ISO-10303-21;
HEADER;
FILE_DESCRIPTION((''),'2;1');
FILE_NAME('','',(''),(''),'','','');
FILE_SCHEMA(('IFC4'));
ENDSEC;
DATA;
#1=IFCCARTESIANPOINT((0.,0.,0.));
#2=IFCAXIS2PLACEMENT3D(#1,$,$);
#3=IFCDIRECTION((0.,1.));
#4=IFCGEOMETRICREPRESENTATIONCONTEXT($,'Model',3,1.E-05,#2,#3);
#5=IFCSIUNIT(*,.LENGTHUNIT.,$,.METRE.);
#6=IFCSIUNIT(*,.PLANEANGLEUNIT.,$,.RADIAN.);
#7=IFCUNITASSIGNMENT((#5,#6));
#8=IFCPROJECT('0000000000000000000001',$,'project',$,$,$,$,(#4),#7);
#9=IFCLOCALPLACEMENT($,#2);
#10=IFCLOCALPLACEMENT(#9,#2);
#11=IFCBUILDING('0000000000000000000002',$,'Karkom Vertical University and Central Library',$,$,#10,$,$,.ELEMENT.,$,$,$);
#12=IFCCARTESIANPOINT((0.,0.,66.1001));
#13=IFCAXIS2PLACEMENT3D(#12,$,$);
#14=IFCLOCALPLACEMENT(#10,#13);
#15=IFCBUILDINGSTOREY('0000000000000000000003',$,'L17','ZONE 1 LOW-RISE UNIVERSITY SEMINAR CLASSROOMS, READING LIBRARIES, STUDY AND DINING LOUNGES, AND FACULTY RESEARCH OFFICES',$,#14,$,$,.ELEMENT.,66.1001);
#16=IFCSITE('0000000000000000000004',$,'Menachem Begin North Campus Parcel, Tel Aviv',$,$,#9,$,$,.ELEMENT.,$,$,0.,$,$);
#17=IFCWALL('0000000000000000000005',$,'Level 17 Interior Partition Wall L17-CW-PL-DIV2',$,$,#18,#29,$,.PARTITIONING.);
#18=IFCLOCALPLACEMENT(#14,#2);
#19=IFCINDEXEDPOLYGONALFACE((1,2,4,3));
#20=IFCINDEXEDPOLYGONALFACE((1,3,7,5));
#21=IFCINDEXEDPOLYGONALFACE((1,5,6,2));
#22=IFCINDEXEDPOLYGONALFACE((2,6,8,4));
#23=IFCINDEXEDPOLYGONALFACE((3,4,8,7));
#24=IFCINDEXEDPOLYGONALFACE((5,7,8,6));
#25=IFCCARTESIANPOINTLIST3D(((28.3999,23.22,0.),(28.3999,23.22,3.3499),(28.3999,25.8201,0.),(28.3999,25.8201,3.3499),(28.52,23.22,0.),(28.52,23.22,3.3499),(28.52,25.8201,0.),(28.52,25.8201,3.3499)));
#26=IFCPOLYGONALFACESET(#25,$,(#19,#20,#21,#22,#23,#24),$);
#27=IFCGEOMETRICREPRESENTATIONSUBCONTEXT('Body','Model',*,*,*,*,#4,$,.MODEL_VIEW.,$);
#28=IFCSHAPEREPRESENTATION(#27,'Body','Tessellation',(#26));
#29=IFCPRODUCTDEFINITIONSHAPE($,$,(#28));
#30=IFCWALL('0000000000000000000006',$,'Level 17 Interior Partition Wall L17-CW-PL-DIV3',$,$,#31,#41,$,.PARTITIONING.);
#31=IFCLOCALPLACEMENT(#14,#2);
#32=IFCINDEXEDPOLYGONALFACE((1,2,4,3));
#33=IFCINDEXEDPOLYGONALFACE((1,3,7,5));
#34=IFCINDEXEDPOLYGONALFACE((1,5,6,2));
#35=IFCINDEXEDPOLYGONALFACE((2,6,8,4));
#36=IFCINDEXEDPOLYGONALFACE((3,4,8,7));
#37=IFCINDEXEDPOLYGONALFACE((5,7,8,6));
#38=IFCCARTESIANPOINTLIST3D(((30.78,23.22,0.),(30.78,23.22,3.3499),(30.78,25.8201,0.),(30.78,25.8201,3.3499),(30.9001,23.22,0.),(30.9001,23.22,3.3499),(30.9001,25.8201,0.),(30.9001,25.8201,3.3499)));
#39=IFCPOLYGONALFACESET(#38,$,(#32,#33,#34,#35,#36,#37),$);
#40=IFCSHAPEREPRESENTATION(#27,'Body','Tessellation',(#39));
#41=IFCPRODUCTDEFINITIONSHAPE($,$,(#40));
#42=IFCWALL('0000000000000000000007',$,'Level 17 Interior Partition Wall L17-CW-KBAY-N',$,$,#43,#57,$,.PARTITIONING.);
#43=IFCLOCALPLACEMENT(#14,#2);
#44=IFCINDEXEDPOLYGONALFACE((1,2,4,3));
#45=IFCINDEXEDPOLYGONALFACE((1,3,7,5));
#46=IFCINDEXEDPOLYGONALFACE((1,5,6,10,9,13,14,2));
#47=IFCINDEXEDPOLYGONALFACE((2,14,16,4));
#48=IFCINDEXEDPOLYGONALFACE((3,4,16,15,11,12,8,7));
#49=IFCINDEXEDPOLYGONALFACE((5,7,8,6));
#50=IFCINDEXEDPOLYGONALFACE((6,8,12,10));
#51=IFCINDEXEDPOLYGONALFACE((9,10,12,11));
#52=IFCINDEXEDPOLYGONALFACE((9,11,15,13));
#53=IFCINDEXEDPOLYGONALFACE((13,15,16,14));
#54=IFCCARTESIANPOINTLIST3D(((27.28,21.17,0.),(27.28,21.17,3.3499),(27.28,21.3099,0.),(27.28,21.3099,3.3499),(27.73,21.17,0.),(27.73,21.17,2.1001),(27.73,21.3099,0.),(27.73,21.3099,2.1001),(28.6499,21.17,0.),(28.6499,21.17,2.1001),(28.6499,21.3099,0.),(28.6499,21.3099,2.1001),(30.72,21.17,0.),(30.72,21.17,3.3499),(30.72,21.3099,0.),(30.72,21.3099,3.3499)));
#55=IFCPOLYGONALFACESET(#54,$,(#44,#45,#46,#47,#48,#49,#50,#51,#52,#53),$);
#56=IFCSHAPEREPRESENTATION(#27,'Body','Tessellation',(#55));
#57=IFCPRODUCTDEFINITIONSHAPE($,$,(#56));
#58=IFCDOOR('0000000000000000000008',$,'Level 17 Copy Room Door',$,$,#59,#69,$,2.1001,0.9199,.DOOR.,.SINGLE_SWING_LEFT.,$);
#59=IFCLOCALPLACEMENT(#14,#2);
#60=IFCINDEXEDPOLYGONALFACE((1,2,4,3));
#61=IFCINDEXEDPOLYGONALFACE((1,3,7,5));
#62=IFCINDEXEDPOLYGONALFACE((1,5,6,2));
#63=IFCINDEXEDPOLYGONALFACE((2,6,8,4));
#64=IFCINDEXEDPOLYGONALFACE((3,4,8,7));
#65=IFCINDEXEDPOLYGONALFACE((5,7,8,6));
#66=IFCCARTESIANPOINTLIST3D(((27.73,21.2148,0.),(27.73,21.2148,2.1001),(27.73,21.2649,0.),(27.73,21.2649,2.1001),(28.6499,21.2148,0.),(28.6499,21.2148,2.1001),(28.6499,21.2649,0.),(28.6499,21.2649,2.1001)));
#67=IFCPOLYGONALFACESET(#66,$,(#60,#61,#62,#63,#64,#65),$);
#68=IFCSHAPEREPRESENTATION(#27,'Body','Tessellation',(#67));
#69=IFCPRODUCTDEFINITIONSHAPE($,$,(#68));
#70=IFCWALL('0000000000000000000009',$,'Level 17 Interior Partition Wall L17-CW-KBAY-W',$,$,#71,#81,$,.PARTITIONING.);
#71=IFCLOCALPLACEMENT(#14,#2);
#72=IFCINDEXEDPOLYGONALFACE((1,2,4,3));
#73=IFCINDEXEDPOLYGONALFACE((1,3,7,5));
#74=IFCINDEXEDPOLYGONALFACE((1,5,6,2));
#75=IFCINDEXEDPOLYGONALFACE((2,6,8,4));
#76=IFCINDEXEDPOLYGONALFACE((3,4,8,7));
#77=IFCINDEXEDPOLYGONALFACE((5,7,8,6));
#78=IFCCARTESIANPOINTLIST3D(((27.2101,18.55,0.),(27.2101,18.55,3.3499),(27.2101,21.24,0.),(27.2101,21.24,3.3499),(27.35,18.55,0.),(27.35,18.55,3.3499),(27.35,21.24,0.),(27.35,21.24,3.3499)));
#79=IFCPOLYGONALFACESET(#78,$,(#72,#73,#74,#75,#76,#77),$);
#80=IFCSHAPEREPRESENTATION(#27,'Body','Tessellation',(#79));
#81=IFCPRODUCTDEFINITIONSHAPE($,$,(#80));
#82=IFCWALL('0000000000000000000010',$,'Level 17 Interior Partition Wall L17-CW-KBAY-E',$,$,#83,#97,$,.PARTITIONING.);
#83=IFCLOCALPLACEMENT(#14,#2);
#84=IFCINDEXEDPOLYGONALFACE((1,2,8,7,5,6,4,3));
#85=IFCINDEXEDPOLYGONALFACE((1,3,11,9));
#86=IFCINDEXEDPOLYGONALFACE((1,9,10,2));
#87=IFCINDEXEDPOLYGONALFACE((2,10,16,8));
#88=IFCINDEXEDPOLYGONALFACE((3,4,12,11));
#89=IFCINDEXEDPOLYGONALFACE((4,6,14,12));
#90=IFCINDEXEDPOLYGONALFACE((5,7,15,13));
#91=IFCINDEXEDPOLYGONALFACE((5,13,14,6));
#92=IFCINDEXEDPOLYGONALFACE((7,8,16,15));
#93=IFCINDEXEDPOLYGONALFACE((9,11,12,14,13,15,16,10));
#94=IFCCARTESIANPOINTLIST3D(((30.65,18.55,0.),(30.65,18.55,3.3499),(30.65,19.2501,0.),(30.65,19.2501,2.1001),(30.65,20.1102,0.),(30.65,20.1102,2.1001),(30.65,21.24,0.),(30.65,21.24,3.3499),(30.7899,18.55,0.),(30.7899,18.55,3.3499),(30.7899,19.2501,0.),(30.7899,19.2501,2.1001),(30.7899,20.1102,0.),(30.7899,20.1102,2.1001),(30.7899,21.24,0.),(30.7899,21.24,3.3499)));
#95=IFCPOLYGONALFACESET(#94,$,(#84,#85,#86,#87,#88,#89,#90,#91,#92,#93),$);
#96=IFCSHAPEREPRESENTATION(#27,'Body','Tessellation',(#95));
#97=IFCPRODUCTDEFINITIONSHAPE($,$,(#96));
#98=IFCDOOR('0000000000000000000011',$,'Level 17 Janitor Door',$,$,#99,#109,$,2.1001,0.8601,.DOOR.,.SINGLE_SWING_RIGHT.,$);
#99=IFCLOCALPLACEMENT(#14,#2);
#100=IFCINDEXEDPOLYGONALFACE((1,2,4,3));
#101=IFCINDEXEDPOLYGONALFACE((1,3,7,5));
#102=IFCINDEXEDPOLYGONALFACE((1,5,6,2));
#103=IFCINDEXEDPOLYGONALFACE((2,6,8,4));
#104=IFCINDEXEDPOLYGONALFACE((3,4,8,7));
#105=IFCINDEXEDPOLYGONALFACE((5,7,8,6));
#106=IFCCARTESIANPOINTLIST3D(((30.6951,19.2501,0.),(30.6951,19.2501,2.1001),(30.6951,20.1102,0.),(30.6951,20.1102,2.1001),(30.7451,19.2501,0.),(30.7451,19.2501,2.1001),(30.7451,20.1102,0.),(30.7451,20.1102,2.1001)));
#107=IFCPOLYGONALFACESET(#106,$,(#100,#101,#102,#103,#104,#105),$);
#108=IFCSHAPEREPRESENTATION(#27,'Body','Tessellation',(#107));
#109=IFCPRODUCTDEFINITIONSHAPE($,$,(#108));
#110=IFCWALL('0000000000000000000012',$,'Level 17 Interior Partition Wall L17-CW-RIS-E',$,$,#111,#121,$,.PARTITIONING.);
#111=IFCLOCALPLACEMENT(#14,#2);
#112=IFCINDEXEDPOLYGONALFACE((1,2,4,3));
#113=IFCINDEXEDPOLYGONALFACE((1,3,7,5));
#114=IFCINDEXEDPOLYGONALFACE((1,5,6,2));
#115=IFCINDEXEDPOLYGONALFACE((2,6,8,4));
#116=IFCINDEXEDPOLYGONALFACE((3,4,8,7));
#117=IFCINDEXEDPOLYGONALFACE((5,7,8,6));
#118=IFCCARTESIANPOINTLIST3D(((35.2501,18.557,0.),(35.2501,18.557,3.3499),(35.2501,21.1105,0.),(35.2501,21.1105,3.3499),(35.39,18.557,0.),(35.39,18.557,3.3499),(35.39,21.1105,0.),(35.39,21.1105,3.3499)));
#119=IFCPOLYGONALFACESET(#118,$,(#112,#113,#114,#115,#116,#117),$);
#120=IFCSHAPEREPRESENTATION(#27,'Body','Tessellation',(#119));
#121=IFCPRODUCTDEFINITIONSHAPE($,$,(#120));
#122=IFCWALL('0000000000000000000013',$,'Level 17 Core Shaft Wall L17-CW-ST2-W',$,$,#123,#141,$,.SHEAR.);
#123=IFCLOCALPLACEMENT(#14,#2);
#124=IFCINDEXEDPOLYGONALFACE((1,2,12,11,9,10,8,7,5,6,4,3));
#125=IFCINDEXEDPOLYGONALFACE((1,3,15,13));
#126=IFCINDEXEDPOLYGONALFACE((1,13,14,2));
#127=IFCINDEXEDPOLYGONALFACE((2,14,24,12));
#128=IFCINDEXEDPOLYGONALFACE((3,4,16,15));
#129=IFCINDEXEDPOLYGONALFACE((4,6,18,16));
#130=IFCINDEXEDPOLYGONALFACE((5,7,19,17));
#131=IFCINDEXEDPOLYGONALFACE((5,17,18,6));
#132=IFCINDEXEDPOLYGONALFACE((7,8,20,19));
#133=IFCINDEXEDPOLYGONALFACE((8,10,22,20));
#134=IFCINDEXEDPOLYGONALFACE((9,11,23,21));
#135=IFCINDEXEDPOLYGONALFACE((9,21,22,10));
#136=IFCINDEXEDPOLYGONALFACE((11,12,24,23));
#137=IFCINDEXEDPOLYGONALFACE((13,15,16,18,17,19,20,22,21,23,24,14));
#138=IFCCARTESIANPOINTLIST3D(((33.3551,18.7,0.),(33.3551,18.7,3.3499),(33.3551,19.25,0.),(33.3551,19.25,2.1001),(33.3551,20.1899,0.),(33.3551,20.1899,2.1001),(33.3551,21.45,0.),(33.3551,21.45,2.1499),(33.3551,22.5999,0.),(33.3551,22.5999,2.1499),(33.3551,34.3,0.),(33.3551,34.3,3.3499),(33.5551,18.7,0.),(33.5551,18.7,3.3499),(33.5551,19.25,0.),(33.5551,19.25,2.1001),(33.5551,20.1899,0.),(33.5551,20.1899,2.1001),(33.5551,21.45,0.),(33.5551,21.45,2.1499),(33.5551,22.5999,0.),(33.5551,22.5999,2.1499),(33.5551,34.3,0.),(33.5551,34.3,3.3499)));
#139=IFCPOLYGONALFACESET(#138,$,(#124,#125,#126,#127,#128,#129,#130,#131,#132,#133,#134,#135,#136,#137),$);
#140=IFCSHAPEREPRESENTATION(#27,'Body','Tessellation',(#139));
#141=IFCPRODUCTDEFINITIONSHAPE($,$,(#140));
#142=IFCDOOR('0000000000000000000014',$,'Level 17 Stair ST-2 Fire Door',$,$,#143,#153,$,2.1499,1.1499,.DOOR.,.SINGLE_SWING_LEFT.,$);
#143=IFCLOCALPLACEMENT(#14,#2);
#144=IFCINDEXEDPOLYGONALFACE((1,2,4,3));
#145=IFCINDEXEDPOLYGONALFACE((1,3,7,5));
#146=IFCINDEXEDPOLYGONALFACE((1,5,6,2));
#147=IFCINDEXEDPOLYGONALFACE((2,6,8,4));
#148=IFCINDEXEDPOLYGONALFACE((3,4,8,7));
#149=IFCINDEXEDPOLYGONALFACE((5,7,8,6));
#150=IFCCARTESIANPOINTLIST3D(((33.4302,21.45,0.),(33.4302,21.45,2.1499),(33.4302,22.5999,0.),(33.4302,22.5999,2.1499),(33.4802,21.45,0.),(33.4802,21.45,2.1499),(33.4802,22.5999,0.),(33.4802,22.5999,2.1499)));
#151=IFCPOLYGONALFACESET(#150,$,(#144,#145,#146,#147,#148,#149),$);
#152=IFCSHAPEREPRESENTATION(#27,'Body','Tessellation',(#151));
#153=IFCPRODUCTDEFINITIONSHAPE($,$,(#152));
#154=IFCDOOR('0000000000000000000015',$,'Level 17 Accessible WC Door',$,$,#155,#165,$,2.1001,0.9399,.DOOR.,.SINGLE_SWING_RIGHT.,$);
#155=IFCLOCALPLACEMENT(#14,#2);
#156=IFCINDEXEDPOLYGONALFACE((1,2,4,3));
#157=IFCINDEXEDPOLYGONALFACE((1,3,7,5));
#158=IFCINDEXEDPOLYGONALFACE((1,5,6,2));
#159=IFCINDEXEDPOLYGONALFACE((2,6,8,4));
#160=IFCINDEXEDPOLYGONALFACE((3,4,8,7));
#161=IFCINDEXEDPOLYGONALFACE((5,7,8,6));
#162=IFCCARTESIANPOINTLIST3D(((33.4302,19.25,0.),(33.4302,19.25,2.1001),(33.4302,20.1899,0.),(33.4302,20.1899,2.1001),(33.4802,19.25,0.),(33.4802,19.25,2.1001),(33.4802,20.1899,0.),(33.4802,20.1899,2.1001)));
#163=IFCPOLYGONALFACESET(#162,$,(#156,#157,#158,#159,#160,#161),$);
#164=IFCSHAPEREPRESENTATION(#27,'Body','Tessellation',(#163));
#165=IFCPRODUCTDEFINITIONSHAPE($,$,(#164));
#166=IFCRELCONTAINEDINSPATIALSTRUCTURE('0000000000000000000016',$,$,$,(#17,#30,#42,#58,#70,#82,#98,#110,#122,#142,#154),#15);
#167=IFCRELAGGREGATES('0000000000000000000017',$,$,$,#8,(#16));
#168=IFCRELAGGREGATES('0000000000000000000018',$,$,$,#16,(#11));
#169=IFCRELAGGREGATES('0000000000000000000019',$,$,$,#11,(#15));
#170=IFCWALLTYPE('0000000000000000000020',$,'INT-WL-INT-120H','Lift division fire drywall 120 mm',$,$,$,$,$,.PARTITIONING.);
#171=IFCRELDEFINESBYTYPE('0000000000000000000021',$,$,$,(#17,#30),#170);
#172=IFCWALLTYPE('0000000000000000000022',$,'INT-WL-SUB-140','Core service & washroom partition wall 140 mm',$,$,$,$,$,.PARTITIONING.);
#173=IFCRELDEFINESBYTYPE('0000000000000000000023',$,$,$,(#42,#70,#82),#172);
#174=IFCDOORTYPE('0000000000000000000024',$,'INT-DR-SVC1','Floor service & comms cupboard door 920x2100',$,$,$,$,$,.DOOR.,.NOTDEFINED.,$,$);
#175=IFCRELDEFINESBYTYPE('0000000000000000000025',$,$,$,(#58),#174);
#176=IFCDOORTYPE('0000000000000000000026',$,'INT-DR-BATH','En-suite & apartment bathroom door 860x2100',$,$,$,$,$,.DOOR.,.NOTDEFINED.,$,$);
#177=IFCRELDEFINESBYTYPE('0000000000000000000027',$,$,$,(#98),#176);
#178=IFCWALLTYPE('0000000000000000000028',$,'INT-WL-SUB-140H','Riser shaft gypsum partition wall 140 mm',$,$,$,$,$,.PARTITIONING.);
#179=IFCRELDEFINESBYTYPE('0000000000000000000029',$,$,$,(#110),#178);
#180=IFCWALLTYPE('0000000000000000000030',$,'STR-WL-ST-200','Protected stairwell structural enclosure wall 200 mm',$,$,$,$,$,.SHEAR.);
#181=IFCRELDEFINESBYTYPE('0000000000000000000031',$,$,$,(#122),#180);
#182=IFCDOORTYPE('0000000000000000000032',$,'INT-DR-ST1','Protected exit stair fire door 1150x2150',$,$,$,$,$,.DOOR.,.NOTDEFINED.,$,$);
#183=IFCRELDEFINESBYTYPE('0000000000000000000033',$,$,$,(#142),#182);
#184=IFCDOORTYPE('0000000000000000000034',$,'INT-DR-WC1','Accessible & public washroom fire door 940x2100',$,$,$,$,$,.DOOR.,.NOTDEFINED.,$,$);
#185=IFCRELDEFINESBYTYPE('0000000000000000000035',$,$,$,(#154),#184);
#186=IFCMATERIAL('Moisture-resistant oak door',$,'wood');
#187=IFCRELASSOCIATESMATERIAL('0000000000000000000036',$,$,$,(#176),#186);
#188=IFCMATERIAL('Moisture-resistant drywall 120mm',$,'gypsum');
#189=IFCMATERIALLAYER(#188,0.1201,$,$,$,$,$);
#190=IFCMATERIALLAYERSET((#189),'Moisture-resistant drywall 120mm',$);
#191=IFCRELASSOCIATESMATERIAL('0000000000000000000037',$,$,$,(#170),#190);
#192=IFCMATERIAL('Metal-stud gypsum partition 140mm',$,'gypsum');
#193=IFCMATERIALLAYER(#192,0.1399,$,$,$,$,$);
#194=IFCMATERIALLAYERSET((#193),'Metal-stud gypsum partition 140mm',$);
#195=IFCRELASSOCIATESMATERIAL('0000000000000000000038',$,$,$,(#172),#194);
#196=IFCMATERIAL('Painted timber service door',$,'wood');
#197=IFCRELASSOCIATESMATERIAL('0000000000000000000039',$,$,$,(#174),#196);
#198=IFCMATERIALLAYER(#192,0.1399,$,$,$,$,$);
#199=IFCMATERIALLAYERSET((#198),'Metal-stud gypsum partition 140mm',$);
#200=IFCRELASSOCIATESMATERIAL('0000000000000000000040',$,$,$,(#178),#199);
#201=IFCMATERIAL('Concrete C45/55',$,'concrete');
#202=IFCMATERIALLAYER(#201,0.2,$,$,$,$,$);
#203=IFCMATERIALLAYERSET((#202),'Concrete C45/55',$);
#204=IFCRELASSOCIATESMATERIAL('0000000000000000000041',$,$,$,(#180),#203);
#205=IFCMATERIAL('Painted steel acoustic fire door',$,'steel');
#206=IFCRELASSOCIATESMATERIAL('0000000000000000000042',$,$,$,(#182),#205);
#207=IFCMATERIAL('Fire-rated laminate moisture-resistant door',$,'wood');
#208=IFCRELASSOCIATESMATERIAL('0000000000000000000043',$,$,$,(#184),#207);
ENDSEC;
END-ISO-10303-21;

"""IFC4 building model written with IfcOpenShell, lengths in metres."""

from ifc_helpers import new_model, si_unit, direction, frame, frame_2d, origin, origin_with_axes, place, context, subcontext, project, spatial, rectangle, extrude, source, transform, mapped, material, layer, layer_set, type_object, element, fill, save


model = new_model("IFC4")

# Units and contexts
model_context = context("Model", 3, precision=1e-05, world=origin(), true_north=direction((0.0, 1.0)))
body_context = subcontext(model_context, "Body", "Model", "MODEL_VIEW")
ifc_project = project(units=[si_unit("LENGTHUNIT", "METRE"), si_unit("PLANEANGLEUNIT", "RADIAN")], contexts=[model_context])

# Site, building, storey
site_placement = place(None, origin())
site = spatial("IfcSite", under=ifc_project, at=site_placement, Name="Menachem Begin North Campus Parcel, Tel Aviv", CompositionType="ELEMENT", RefElevation=0.0)
building_placement = place(site_placement, origin())
building = spatial("IfcBuilding", under=site, at=building_placement, Name="Karkom Vertical University and Central Library", CompositionType="ELEMENT")
storey_placement = place(building_placement, frame((0.0, 0.0, 66.1001)))
storey = spatial("IfcBuildingStorey", under=building, at=storey_placement, Name="L17", Description="ZONE 1 LOW-RISE UNIVERSITY SEMINAR CLASSROOMS, READING LIBRARIES, STUDY AND DINING LOUNGES, AND FACULTY RESEARCH OFFICES", CompositionType="ELEMENT", Elevation=66.1001)

# Shared definitions
ifc_material_1 = material(Name="Moisture-resistant drywall 120mm", Category="gypsum")

# Shared definitions
ifc_material_2 = material(Name="Moisture-resistant oak door", Category="wood")
door_type_1 = type_object("IfcDoorType", Name="INT-DR-BATH", Description="En-suite & apartment bathroom door 860x2100", OperationType="NOTDEFINED", PredefinedType="DOOR", material=ifc_material_2)
shared_shape_1 = source(origin_with_axes(), body_context, "Body", "SweptSolid", [
    extrude(rectangle(XDim=0.8601, YDim=2.1001, at=frame_2d((0.4302, 1.05))), frame((0.0, 0.0249, 0.0), z_axis=(0.0, -1.0, 0.0), x_axis=(1.0, 0.0, 0.0)), (0.0, 0.0, 1.0), 0.05),
])

# Walls
ifc_layer_1 = layer(ifc_material_1, 0.1201)
ifc_layer_set_1 = layer_set([ifc_layer_1], Name="Moisture-resistant drywall 120mm")
wall_type_1 = type_object("IfcWallType", Name="INT-WL-INT-120H", Description="Lift division fire drywall 120 mm", PredefinedType="PARTITIONING", material=ifc_layer_set_1)
for number, where, z_axis, x_axis, name in (
    (1, (28.46, 23.22, 0.0), (0.0, 0.0, 1.0), (0.0, 1.0, 0.0), "Level 17 Interior Partition Wall L17-CW-PL-DIV2"),
    (2, (30.8401, 23.22, 0.0), (0.0, 0.0, 1.0), (0.0, 1.0, 0.0), "Level 17 Interior Partition Wall L17-CW-PL-DIV3"),
):
    element("IfcWall", number, at=place(storey_placement, frame(where, z_axis=z_axis, x_axis=x_axis)), inside=storey, type_object=wall_type_1, Name=name, PredefinedType="PARTITIONING", context=body_context, shape_type="SweptSolid", body=[
        extrude(rectangle(XDim=2.6001, YDim=0.1201, at=frame_2d((1.3, 0.0))), origin(), (0.0, 0.0, 1.0), 3.3499),
    ])

# Wall, opening, door
ifc_material_3 = material(Name="Metal-stud gypsum partition 140mm", Category="gypsum")
ifc_layer_2 = layer(ifc_material_3, 0.1399)
ifc_layer_set_2 = layer_set([ifc_layer_2], Name="Metal-stud gypsum partition 140mm")
wall_type_2 = type_object("IfcWallType", Name="INT-WL-SUB-140", Description="Core service & washroom partition wall 140 mm", PredefinedType="PARTITIONING", material=ifc_layer_set_2)
wall_1_placement = place(storey_placement, frame((27.28, 21.24, 0.0), z_axis=(0.0, 0.0, 1.0), x_axis=(1.0, 0.0, 0.0)))
wall_1 = element("IfcWall", 3, at=wall_1_placement, inside=storey, type_object=wall_type_2, Name="Level 17 Interior Partition Wall L17-CW-KBAY-N", PredefinedType="PARTITIONING", context=body_context, shape_type="SweptSolid", body=[
    extrude(rectangle(XDim=3.4399, YDim=0.1399, at=frame_2d((1.72, 0.0))), origin(), (0.0, 0.0, 1.0), 3.3499),
])
opening_1_placement = place(wall_1_placement, frame((0.45, 0.0, 0.0)))
opening_1 = element("IfcOpeningElement", 4, at=opening_1_placement, cuts=wall_1, PredefinedType="OPENING", context=body_context, shape_type="SweptSolid", body=[
    extrude(rectangle(XDim=0.9199, YDim=2.1001, at=frame_2d((0.46, 1.05))), frame((0.0, 0.0801, 0.0), z_axis=(0.0, -1.0, 0.0), x_axis=(1.0, 0.0, 0.0)), (0.0, 0.0, 1.0), 0.1599),
])
ifc_material_4 = material(Name="Painted timber service door", Category="wood")
door_type_2 = type_object("IfcDoorType", Name="INT-DR-SVC1", Description="Floor service & comms cupboard door 920x2100", OperationType="NOTDEFINED", PredefinedType="DOOR", material=ifc_material_4)
shared_shape_2 = source(origin_with_axes(), body_context, "Body", "SweptSolid", [
    extrude(rectangle(XDim=0.9199, YDim=2.1001, at=frame_2d((0.46, 1.05))), frame((0.0, 0.0249, 0.0), z_axis=(0.0, -1.0, 0.0), x_axis=(1.0, 0.0, 0.0)), (0.0, 0.0, 1.0), 0.05),
])
door_1_placement = place(opening_1_placement, origin())
door_1 = element("IfcDoor", 5, at=door_1_placement, inside=storey, type_object=door_type_2, Name="Level 17 Copy Room Door", OperationType="SINGLE_SWING_LEFT", OverallHeight=2.1001, OverallWidth=0.9199, PredefinedType="DOOR", context=body_context, shape_type="MappedRepresentation", body=[
    mapped(shared_shape_2, transform((0.0, 0.0, 0.0), scale=1.0)),
])
fill(opening_1, door_1)

# Wall
wall_2_placement = place(storey_placement, frame((27.28, 18.55, 0.0), z_axis=(0.0, 0.0, 1.0), x_axis=(0.0, 1.0, 0.0)))
element("IfcWall", 6, at=wall_2_placement, inside=storey, type_object=wall_type_2, Name="Level 17 Interior Partition Wall L17-CW-KBAY-W", PredefinedType="PARTITIONING", context=body_context, shape_type="SweptSolid", body=[
    extrude(rectangle(XDim=2.6899, YDim=0.1399, at=frame_2d((1.345, 0.0))), origin(), (0.0, 0.0, 1.0), 3.3499),
])

# Wall, opening, door
wall_3_placement = place(storey_placement, frame((30.72, 18.55, 0.0), z_axis=(0.0, 0.0, 1.0), x_axis=(0.0, 1.0, 0.0)))
wall_3 = element("IfcWall", 7, at=wall_3_placement, inside=storey, type_object=wall_type_2, Name="Level 17 Interior Partition Wall L17-CW-KBAY-E", PredefinedType="PARTITIONING", context=body_context, shape_type="SweptSolid", body=[
    extrude(rectangle(XDim=2.6899, YDim=0.1399, at=frame_2d((1.345, 0.0))), origin(), (0.0, 0.0, 1.0), 3.3499),
])
opening_2_placement = place(wall_3_placement, frame((0.7, 0.0, 0.0)))
opening_2 = element("IfcOpeningElement", 8, at=opening_2_placement, cuts=wall_3, PredefinedType="OPENING", context=body_context, shape_type="SweptSolid", body=[
    extrude(rectangle(XDim=0.8601, YDim=2.1001, at=frame_2d((0.4302, 1.05))), frame((0.0, 0.0801, 0.0), z_axis=(0.0, -1.0, 0.0), x_axis=(1.0, 0.0, 0.0)), (0.0, 0.0, 1.0), 0.1599),
])
door_2_placement = place(opening_2_placement, origin())
door_2 = element("IfcDoor", 9, at=door_2_placement, inside=storey, type_object=door_type_1, Name="Level 17 Janitor Door", OperationType="SINGLE_SWING_RIGHT", OverallHeight=2.1001, OverallWidth=0.8601, PredefinedType="DOOR", context=body_context, shape_type="MappedRepresentation", body=[
    mapped(shared_shape_1, transform((0.0, 0.0, 0.0), scale=1.0)),
])
fill(opening_2, door_2)

# Wall
ifc_layer_3 = layer(ifc_material_3, 0.1399)
ifc_layer_set_3 = layer_set([ifc_layer_3], Name="Metal-stud gypsum partition 140mm")
wall_type_3 = type_object("IfcWallType", Name="INT-WL-SUB-140H", Description="Riser shaft gypsum partition wall 140 mm", PredefinedType="PARTITIONING", material=ifc_layer_set_3)
wall_4_placement = place(storey_placement, frame((35.3201, 18.5569, 0.0), z_axis=(0.0, 0.0, 1.0), x_axis=(0.0, 1.0, 0.0)))
element("IfcWall", 10, at=wall_4_placement, inside=storey, type_object=wall_type_3, Name="Level 17 Interior Partition Wall L17-CW-RIS-E", PredefinedType="PARTITIONING", context=body_context, shape_type="SweptSolid", body=[
    extrude(rectangle(XDim=2.5535, YDim=0.1399, at=frame_2d((1.2769, 0.0))), origin(), (0.0, 0.0, 1.0), 3.3499),
])

# Wall, openings, doors
ifc_material_5 = material(Name="Concrete C45/55", Category="concrete")
ifc_layer_4 = layer(ifc_material_5, 0.2)
ifc_layer_set_4 = layer_set([ifc_layer_4], Name="Concrete C45/55")
wall_type_4 = type_object("IfcWallType", Name="STR-WL-ST-200", Description="Protected stairwell structural enclosure wall 200 mm", PredefinedType="SHEAR", material=ifc_layer_set_4)
wall_5_placement = place(storey_placement, frame((33.4551, 18.7, 0.0), z_axis=(0.0, 0.0, 1.0), x_axis=(0.0, 1.0, 0.0)))
wall_5 = element("IfcWall", 11, at=wall_5_placement, inside=storey, type_object=wall_type_4, Name="Level 17 Core Shaft Wall L17-CW-ST2-W", PredefinedType="SHEAR", context=body_context, shape_type="SweptSolid", body=[
    extrude(rectangle(XDim=15.6001, YDim=0.2, at=frame_2d((7.8, 0.0))), origin(), (0.0, 0.0, 1.0), 3.3499),
])
opening_3_placement = place(wall_5_placement, frame((2.75, 0.0, 0.0)))
opening_3 = element("IfcOpeningElement", 12, at=opening_3_placement, cuts=wall_5, PredefinedType="OPENING", context=body_context, shape_type="SweptSolid", body=[
    extrude(rectangle(XDim=1.1499, YDim=2.1499, at=frame_2d((0.575, 1.075))), frame((0.0, 0.1099, 0.0), z_axis=(0.0, -1.0, 0.0), x_axis=(1.0, 0.0, 0.0)), (0.0, 0.0, 1.0), 0.22),
])
opening_4_placement = place(wall_5_placement, frame((0.55, 0.0, 0.0)))
opening_4 = element("IfcOpeningElement", 13, at=opening_4_placement, cuts=wall_5, PredefinedType="OPENING", context=body_context, shape_type="SweptSolid", body=[
    extrude(rectangle(XDim=0.9399, YDim=2.1001, at=frame_2d((0.47, 1.05))), frame((0.0, 0.1099, 0.0), z_axis=(0.0, -1.0, 0.0), x_axis=(1.0, 0.0, 0.0)), (0.0, 0.0, 1.0), 0.22),
])
ifc_material_6 = material(Name="Painted steel acoustic fire door", Category="steel")
door_type_3 = type_object("IfcDoorType", Name="INT-DR-ST1", Description="Protected exit stair fire door 1150x2150", OperationType="NOTDEFINED", PredefinedType="DOOR", material=ifc_material_6)
shared_shape_3 = source(origin_with_axes(), body_context, "Body", "SweptSolid", [
    extrude(rectangle(XDim=1.1499, YDim=2.1499, at=frame_2d((0.575, 1.075))), frame((0.0, 0.0249, 0.0), z_axis=(0.0, -1.0, 0.0), x_axis=(1.0, 0.0, 0.0)), (0.0, 0.0, 1.0), 0.05),
])
door_3_placement = place(opening_3_placement, origin())
door_3 = element("IfcDoor", 14, at=door_3_placement, inside=storey, type_object=door_type_3, Name="Level 17 Stair ST-2 Fire Door", OperationType="SINGLE_SWING_LEFT", OverallHeight=2.1499, OverallWidth=1.1499, PredefinedType="DOOR", context=body_context, shape_type="MappedRepresentation", body=[
    mapped(shared_shape_3, transform((0.0, 0.0, 0.0), scale=1.0)),
])
fill(opening_3, door_3)
ifc_material_7 = material(Name="Fire-rated laminate moisture-resistant door", Category="wood")
door_type_4 = type_object("IfcDoorType", Name="INT-DR-WC1", Description="Accessible & public washroom fire door 940x2100", OperationType="NOTDEFINED", PredefinedType="DOOR", material=ifc_material_7)
shared_shape_4 = source(origin_with_axes(), body_context, "Body", "SweptSolid", [
    extrude(rectangle(XDim=0.9399, YDim=2.1001, at=frame_2d((0.47, 1.05))), frame((0.0, 0.0249, 0.0), z_axis=(0.0, -1.0, 0.0), x_axis=(1.0, 0.0, 0.0)), (0.0, 0.0, 1.0), 0.05),
])
door_4_placement = place(opening_4_placement, origin())
door_4 = element("IfcDoor", 15, at=door_4_placement, inside=storey, type_object=door_type_4, Name="Level 17 Accessible WC Door", OperationType="SINGLE_SWING_RIGHT", OverallHeight=2.1001, OverallWidth=0.9399, PredefinedType="DOOR", context=body_context, shape_type="MappedRepresentation", body=[
    mapped(shared_shape_4, transform((0.0, 0.0, 0.0), scale=1.0)),
])
fill(opening_4, door_4)

save(model, "model.ifc")
